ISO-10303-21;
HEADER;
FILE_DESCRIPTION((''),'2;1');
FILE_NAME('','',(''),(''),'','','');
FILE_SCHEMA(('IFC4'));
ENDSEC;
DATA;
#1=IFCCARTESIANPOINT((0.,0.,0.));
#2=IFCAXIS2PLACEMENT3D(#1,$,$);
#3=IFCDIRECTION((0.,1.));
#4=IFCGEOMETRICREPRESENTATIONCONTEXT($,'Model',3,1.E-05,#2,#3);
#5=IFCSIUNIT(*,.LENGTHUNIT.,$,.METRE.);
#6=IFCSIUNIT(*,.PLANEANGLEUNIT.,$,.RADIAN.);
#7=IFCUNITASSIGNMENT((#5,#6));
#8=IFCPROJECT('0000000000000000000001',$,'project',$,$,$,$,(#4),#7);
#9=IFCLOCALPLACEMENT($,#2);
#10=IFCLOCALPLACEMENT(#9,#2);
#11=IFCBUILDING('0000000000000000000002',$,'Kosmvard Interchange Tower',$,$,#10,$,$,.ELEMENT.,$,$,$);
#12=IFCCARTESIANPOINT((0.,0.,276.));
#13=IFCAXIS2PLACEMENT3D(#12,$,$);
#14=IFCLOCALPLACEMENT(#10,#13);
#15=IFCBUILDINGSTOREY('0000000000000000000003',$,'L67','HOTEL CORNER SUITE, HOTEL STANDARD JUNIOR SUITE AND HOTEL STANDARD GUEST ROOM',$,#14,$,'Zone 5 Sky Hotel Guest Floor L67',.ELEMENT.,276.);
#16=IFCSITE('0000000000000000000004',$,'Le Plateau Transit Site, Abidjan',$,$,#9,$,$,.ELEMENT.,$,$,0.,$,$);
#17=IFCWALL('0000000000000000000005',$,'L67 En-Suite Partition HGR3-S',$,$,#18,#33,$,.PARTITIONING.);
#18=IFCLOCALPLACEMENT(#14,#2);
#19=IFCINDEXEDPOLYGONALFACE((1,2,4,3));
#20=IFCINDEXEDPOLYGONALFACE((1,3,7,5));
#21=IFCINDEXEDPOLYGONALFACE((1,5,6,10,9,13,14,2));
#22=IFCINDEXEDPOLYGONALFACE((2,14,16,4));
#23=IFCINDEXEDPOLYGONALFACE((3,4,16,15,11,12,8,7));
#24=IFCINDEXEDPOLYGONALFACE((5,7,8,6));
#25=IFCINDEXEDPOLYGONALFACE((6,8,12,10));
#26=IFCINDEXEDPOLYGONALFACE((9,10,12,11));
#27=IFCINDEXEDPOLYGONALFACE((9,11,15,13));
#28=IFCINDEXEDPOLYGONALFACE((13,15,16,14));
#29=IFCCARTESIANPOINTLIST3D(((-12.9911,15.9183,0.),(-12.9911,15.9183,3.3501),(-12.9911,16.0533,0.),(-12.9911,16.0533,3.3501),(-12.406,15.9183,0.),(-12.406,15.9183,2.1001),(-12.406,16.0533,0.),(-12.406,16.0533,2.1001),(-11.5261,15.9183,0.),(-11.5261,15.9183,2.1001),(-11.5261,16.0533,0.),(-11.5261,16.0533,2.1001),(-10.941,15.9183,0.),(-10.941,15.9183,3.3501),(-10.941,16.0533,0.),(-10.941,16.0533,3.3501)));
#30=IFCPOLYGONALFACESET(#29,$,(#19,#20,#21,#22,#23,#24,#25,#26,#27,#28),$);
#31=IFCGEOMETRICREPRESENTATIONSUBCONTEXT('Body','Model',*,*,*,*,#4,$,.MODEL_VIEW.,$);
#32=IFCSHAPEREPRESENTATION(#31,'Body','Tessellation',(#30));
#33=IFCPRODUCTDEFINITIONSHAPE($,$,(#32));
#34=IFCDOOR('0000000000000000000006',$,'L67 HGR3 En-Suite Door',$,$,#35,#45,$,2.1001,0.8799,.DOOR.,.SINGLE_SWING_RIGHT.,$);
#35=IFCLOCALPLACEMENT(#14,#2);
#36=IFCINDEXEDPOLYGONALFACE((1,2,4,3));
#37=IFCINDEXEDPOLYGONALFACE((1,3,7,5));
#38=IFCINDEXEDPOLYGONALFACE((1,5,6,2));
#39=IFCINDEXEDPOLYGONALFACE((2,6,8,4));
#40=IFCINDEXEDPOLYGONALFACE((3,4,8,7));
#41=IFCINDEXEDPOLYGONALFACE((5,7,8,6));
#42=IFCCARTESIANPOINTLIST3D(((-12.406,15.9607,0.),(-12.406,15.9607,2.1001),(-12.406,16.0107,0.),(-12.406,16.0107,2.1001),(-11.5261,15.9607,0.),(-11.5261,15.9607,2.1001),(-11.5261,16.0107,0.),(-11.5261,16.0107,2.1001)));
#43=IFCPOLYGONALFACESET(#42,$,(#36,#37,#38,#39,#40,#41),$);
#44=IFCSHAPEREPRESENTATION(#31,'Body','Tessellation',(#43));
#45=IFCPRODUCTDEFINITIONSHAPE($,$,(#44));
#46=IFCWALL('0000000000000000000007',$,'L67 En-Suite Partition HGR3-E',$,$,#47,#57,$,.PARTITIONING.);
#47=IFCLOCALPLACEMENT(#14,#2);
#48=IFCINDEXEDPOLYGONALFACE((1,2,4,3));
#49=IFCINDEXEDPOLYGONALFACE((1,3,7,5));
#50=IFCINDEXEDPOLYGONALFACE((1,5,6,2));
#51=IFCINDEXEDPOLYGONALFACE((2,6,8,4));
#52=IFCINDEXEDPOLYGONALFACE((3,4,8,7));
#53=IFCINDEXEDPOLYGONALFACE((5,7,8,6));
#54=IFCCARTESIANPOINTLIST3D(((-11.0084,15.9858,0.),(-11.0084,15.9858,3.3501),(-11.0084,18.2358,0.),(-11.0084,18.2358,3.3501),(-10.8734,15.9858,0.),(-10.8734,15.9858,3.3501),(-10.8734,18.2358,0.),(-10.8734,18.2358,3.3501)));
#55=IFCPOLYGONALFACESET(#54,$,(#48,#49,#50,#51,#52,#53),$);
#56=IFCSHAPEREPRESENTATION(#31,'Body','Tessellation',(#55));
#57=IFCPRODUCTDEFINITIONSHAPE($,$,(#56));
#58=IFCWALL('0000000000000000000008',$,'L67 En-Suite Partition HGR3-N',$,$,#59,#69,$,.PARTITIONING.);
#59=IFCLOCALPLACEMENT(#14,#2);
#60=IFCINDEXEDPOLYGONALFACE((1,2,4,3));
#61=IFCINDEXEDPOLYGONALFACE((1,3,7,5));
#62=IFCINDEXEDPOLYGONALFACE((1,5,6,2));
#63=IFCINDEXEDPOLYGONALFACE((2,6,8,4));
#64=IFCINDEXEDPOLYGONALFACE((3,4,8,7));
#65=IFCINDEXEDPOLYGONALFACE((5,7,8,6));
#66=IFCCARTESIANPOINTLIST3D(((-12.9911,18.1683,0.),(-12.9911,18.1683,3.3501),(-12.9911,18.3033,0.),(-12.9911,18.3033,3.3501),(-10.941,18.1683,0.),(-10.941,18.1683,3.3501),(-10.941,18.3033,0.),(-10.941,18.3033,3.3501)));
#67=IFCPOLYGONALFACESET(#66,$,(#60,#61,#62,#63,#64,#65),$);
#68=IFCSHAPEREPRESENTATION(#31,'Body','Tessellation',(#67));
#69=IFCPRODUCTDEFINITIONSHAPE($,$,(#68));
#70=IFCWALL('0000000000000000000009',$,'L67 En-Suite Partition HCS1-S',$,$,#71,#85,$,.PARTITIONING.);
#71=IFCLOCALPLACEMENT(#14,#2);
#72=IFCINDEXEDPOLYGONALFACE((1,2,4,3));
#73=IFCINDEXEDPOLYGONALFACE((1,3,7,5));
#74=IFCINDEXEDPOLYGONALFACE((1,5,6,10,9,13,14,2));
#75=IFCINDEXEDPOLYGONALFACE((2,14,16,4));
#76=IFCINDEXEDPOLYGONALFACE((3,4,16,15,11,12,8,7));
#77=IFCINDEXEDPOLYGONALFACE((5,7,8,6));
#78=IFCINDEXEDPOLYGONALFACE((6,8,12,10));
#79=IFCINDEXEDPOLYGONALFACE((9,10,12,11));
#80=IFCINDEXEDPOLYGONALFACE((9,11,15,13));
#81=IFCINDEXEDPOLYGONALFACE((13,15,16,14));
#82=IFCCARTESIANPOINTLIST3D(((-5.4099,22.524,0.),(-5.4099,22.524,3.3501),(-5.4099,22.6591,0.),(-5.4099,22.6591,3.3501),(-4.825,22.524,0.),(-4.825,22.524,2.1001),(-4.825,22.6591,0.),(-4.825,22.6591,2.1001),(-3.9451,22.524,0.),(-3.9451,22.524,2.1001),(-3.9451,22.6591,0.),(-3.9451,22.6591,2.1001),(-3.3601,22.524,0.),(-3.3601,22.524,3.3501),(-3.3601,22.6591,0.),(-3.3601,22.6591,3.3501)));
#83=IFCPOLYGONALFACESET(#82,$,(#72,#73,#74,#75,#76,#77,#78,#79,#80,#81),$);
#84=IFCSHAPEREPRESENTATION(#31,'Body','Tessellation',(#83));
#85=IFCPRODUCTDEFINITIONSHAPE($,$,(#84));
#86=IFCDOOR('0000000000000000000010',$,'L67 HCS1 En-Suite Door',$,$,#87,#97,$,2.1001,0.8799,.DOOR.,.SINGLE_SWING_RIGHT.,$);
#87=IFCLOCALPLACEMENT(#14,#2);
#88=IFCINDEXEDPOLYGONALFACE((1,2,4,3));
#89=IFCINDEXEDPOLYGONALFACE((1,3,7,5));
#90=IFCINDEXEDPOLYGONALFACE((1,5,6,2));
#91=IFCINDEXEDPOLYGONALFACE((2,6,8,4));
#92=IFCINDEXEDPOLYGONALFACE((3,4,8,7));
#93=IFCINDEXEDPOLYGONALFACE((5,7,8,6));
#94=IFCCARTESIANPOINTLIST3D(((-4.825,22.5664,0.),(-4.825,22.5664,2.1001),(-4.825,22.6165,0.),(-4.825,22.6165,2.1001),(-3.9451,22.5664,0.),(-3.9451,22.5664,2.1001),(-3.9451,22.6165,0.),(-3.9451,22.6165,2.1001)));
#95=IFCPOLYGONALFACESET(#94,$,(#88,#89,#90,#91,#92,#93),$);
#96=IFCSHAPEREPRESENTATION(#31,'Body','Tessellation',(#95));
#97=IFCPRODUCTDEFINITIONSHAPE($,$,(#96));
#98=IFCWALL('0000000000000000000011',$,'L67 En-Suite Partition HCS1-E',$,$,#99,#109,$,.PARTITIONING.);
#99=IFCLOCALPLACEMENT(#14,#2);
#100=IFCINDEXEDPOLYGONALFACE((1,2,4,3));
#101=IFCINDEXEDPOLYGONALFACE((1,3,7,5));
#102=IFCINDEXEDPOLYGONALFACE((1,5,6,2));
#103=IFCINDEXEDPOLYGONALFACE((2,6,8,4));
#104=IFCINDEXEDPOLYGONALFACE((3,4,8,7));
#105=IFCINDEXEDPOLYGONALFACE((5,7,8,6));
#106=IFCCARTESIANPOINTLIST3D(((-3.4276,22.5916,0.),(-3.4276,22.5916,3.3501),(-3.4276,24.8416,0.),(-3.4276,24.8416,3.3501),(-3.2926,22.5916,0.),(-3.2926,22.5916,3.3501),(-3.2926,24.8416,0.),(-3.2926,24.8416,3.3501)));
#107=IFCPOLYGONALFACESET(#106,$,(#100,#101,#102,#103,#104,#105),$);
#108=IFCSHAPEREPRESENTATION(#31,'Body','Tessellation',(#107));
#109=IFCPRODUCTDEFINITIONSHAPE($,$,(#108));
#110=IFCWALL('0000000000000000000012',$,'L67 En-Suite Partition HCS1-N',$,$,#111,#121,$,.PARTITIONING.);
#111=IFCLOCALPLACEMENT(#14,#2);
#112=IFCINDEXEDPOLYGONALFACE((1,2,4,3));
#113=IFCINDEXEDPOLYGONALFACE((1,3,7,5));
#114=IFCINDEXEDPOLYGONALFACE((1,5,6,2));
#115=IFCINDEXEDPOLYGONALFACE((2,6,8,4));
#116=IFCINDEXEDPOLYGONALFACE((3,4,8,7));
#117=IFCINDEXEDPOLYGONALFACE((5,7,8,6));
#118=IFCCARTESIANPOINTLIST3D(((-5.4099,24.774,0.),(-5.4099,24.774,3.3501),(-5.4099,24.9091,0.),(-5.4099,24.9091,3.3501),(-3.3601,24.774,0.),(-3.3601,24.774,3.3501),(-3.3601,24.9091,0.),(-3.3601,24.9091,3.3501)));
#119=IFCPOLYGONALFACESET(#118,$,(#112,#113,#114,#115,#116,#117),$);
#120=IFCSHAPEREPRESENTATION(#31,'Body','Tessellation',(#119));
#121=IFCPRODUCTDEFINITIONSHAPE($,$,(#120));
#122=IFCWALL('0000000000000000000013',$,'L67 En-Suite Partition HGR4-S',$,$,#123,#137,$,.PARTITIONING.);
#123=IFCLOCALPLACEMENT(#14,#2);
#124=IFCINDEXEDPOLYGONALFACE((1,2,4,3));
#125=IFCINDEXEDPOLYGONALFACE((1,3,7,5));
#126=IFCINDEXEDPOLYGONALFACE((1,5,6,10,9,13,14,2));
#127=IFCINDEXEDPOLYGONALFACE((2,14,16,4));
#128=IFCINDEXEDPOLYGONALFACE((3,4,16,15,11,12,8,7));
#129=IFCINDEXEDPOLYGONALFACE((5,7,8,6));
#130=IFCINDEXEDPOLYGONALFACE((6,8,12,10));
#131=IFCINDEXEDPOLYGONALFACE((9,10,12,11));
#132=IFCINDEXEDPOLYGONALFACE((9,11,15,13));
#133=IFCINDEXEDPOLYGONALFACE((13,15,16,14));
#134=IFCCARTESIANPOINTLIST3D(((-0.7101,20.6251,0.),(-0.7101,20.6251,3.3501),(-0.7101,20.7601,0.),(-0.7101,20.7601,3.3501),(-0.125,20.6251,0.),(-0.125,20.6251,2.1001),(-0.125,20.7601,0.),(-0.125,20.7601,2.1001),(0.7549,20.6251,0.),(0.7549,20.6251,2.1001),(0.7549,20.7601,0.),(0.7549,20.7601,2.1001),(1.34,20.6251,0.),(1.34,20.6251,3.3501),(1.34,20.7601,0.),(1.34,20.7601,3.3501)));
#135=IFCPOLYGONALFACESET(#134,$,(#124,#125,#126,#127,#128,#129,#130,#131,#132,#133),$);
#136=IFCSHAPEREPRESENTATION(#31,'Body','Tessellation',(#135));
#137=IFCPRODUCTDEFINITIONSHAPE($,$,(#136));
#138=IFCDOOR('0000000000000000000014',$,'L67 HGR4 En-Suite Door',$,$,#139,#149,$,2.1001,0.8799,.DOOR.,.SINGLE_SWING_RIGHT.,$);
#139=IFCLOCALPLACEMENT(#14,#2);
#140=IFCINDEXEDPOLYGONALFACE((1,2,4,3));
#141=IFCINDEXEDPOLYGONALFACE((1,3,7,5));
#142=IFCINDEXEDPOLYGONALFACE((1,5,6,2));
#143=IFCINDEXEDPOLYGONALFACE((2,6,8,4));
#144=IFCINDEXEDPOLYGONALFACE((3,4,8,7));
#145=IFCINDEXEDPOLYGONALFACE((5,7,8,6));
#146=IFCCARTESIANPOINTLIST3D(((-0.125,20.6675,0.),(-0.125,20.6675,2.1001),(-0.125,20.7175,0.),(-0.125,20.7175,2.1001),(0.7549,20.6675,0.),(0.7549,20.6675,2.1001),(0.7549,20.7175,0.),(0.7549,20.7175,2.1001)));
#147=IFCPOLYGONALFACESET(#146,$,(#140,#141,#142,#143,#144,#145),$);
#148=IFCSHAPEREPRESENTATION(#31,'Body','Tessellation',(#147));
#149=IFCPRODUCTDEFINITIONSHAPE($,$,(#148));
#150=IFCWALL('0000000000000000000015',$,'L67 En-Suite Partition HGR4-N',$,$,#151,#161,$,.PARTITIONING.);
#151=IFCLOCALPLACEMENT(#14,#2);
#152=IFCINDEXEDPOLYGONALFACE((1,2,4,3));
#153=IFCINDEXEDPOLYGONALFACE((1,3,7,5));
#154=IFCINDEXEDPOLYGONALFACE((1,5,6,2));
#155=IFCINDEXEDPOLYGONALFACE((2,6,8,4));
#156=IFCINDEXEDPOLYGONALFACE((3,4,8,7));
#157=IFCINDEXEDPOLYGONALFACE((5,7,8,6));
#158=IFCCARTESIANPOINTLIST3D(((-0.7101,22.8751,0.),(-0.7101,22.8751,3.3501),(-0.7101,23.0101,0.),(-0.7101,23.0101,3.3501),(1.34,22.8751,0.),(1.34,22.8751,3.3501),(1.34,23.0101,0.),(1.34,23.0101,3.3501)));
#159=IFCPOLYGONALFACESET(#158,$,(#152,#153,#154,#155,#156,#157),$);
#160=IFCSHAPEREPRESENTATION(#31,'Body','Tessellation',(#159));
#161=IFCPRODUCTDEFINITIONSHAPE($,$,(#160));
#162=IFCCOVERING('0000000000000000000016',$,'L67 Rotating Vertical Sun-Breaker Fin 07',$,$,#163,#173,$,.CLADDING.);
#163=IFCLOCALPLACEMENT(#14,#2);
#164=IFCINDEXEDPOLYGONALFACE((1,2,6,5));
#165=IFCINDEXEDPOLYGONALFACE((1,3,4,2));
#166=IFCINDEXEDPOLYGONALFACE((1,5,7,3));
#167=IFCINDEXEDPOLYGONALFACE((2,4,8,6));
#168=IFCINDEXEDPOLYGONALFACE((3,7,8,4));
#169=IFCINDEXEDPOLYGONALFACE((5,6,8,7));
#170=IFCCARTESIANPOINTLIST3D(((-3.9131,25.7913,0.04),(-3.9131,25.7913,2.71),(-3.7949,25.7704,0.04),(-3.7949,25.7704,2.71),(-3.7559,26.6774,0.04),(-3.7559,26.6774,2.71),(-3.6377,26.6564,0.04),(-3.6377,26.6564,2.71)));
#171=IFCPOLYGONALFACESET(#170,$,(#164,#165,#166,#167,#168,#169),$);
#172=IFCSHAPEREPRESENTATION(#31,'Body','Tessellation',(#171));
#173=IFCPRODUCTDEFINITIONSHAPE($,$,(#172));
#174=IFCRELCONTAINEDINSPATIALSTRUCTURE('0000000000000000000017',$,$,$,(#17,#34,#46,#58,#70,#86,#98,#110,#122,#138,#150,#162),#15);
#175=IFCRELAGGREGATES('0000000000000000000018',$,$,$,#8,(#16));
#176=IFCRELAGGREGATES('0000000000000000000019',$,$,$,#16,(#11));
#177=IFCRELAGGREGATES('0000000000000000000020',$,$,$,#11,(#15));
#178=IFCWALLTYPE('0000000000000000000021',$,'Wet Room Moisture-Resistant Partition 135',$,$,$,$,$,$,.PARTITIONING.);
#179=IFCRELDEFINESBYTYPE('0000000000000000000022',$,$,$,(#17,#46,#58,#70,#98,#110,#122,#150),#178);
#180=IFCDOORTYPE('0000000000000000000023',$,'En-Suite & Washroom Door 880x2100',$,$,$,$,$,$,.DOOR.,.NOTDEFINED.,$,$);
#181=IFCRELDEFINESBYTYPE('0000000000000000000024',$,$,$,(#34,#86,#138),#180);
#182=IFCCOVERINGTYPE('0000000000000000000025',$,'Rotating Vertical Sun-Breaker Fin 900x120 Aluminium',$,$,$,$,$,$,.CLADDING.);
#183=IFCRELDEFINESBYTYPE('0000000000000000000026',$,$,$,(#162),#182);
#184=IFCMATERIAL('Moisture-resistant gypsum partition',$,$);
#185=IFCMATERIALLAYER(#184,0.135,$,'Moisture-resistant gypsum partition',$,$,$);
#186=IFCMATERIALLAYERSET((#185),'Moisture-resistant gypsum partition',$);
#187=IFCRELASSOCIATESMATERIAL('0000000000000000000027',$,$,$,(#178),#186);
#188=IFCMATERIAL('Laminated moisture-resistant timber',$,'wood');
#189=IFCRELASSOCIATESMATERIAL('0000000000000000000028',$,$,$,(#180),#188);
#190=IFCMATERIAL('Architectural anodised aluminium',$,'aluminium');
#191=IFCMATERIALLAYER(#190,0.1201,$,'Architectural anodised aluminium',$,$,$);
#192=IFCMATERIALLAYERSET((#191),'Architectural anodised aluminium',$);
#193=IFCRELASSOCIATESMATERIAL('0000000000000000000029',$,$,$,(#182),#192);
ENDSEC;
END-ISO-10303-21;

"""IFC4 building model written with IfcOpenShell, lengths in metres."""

from ifc_helpers import new_model, si_unit, direction, frame, frame_2d, origin, origin_2d, place, context, subcontext, project, spatial, rectangle, extrude, source, transform, mapped, material, layer, layer_set, type_object, element, fill, save


model = new_model("IFC4")

# Units and contexts
model_context = context("Model", 3, precision=1e-05, world=origin(), true_north=direction((0.0, 1.0)))
body_context = subcontext(model_context, "Body", "Model", "MODEL_VIEW")
ifc_project = project(units=[si_unit("LENGTHUNIT", "METRE"), si_unit("PLANEANGLEUNIT", "RADIAN")], contexts=[model_context])

# Site, building, storey
site_placement = place(None, origin())
site = spatial("IfcSite", under=ifc_project, at=site_placement, Name="Le Plateau Transit Site, Abidjan", CompositionType="ELEMENT", RefElevation=0.0)
building_placement = place(site_placement, origin())
building = spatial("IfcBuilding", under=site, at=building_placement, Name="Kosmvard Interchange Tower", CompositionType="ELEMENT")
storey_placement = place(building_placement, frame((0.0, 0.0, 276.0)))
storey = spatial("IfcBuildingStorey", under=building, at=storey_placement, Name="L67", Description="HOTEL CORNER SUITE, HOTEL STANDARD JUNIOR SUITE AND HOTEL STANDARD GUEST ROOM", LongName="Zone 5 Sky Hotel Guest Floor L67", CompositionType="ELEMENT", Elevation=276.0)

# Wall, opening, door
ifc_material_1 = material(Name="Moisture-resistant gypsum partition")
ifc_layer_1 = layer(ifc_material_1, 0.135, Name="Moisture-resistant gypsum partition")
ifc_layer_set_1 = layer_set([ifc_layer_1], Name="Moisture-resistant gypsum partition")
wall_type_1 = type_object("IfcWallType", Name="Wet Room Moisture-Resistant Partition 135", PredefinedType="PARTITIONING", material=ifc_layer_set_1)
wall_1_placement = place(storey_placement, frame((-12.991, 15.9858, 0.0), z_axis=(0.0, 0.0, 1.0), x_axis=(1.0, 0.0, 0.0)))
wall_1 = element("IfcWall", 1, at=wall_1_placement, inside=storey, type_object=wall_type_1, Name="L67 En-Suite Partition HGR3-S", PredefinedType="PARTITIONING", context=body_context, shape_type="SweptSolid", body=[
    extrude(rectangle(XDim=2.05, YDim=0.135, at=frame_2d((1.0249, 0.0))), origin(), (0.0, 0.0, 1.0), 3.3501),
])
opening_1_placement = place(wall_1_placement, frame((0.585, 0.0, 0.0)))
opening_1 = element("IfcOpeningElement", 2, at=opening_1_placement, cuts=wall_1, PredefinedType="OPENING", context=body_context, shape_type="SweptSolid", body=[
    extrude(rectangle(XDim=0.8799, YDim=2.1001, at=frame_2d((0.4399, 1.05))), frame((0.0, 0.0776, 0.0), z_axis=(0.0, -1.0, 0.0), x_axis=(1.0, 0.0, 0.0)), (0.0, 0.0, 1.0), 0.155),
])
ifc_material_2 = material(Name="Laminated moisture-resistant timber", Category="wood")
door_type = type_object("IfcDoorType", Name="En-Suite & Washroom Door 880x2100", OperationType="NOTDEFINED", PredefinedType="DOOR", material=ifc_material_2)
shared_shape_1 = source(origin(), body_context, "Body", "SweptSolid", [
    extrude(rectangle(XDim=0.8799, YDim=2.1001, at=frame_2d((0.4399, 1.05))), frame((0.0, 0.0249, 0.0), z_axis=(0.0, -1.0, 0.0), x_axis=(1.0, 0.0, 0.0)), (0.0, 0.0, 1.0), 0.05),
])
door_1_placement = place(opening_1_placement, origin())
door_1 = element("IfcDoor", 3, at=door_1_placement, inside=storey, type_object=door_type, Name="L67 HGR3 En-Suite Door", OperationType="SINGLE_SWING_RIGHT", OverallHeight=2.1001, OverallWidth=0.8799, PredefinedType="DOOR", context=body_context, shape_type="MappedRepresentation", body=[
    mapped(shared_shape_1, transform((0.0, 0.0, 0.0), scale=1.0)),
])
fill(opening_1, door_1)

# Walls
wall_2_placement = place(storey_placement, frame((-10.9409, 15.9858, 0.0), z_axis=(0.0, 0.0, 1.0), x_axis=(0.0, 1.0, 0.0)))
element("IfcWall", 4, at=wall_2_placement, inside=storey, type_object=wall_type_1, Name="L67 En-Suite Partition HGR3-E", PredefinedType="PARTITIONING", context=body_context, shape_type="SweptSolid", body=[
    extrude(rectangle(XDim=2.25, YDim=0.135, at=frame_2d((1.125, 0.0))), origin(), (0.0, 0.0, 1.0), 3.3501),
])
wall_3_placement = place(storey_placement, frame((-12.991, 18.2358, 0.0), z_axis=(0.0, 0.0, 1.0), x_axis=(1.0, 0.0, 0.0)))
element("IfcWall", 5, at=wall_3_placement, inside=storey, type_object=wall_type_1, Name="L67 En-Suite Partition HGR3-N", PredefinedType="PARTITIONING", context=body_context, shape_type="SweptSolid", body=[
    extrude(rectangle(XDim=2.05, YDim=0.135, at=frame_2d((1.0249, 0.0))), origin(), (0.0, 0.0, 1.0), 3.3501),
])

# Wall, opening, door
wall_4_placement = place(storey_placement, frame((-5.4099, 22.5916, 0.0), z_axis=(0.0, 0.0, 1.0), x_axis=(1.0, 0.0, 0.0)))
wall_4 = element("IfcWall", 6, at=wall_4_placement, inside=storey, type_object=wall_type_1, Name="L67 En-Suite Partition HCS1-S", PredefinedType="PARTITIONING", context=body_context, shape_type="SweptSolid", body=[
    extrude(rectangle(XDim=2.0498, YDim=0.135, at=frame_2d((1.0249, 0.0))), origin(), (0.0, 0.0, 1.0), 3.3501),
])
opening_2_placement = place(wall_4_placement, frame((0.585, 0.0, 0.0)))
opening_2 = element("IfcOpeningElement", 7, at=opening_2_placement, cuts=wall_4, PredefinedType="OPENING", context=body_context, shape_type="SweptSolid", body=[
    extrude(rectangle(XDim=0.8799, YDim=2.1001, at=frame_2d((0.4399, 1.05))), frame((0.0, 0.0776, 0.0), z_axis=(0.0, -1.0, 0.0), x_axis=(1.0, 0.0, 0.0)), (0.0, 0.0, 1.0), 0.155),
])
door_2_placement = place(opening_2_placement, origin())
door_2 = element("IfcDoor", 8, at=door_2_placement, inside=storey, type_object=door_type, Name="L67 HCS1 En-Suite Door", OperationType="SINGLE_SWING_RIGHT", OverallHeight=2.1001, OverallWidth=0.8799, PredefinedType="DOOR", context=body_context, shape_type="MappedRepresentation", body=[
    mapped(shared_shape_1, transform((0.0, 0.0, 0.0), scale=1.0)),
])
fill(opening_2, door_2)

# Walls
wall_5_placement = place(storey_placement, frame((-3.3601, 22.5916, 0.0), z_axis=(0.0, 0.0, 1.0), x_axis=(0.0, 1.0, 0.0)))
element("IfcWall", 9, at=wall_5_placement, inside=storey, type_object=wall_type_1, Name="L67 En-Suite Partition HCS1-E", PredefinedType="PARTITIONING", context=body_context, shape_type="SweptSolid", body=[
    extrude(rectangle(XDim=2.25, YDim=0.135, at=frame_2d((1.125, 0.0))), origin(), (0.0, 0.0, 1.0), 3.3501),
])
wall_6_placement = place(storey_placement, frame((-5.4099, 24.8416, 0.0), z_axis=(0.0, 0.0, 1.0), x_axis=(1.0, 0.0, 0.0)))
element("IfcWall", 10, at=wall_6_placement, inside=storey, type_object=wall_type_1, Name="L67 En-Suite Partition HCS1-N", PredefinedType="PARTITIONING", context=body_context, shape_type="SweptSolid", body=[
    extrude(rectangle(XDim=2.0498, YDim=0.135, at=frame_2d((1.0249, 0.0))), origin(), (0.0, 0.0, 1.0), 3.3501),
])

# Wall, opening, door
wall_7_placement = place(storey_placement, frame((-0.71, 20.6926, 0.0), z_axis=(0.0, 0.0, 1.0), x_axis=(1.0, 0.0, 0.0)))
wall_7 = element("IfcWall", 11, at=wall_7_placement, inside=storey, type_object=wall_type_1, Name="L67 En-Suite Partition HGR4-S", PredefinedType="PARTITIONING", context=body_context, shape_type="SweptSolid", body=[
    extrude(rectangle(XDim=2.05, YDim=0.135, at=frame_2d((1.0249, 0.0))), origin(), (0.0, 0.0, 1.0), 3.3501),
])
opening_3_placement = place(wall_7_placement, frame((0.585, 0.0, 0.0)))
opening_3 = element("IfcOpeningElement", 12, at=opening_3_placement, cuts=wall_7, PredefinedType="OPENING", context=body_context, shape_type="SweptSolid", body=[
    extrude(rectangle(XDim=0.8799, YDim=2.1001, at=frame_2d((0.4399, 1.05))), frame((0.0, 0.0776, 0.0), z_axis=(0.0, -1.0, 0.0), x_axis=(1.0, 0.0, 0.0)), (0.0, 0.0, 1.0), 0.155),
])
door_3_placement = place(opening_3_placement, origin())
door_3 = element("IfcDoor", 13, at=door_3_placement, inside=storey, type_object=door_type, Name="L67 HGR4 En-Suite Door", OperationType="SINGLE_SWING_RIGHT", OverallHeight=2.1001, OverallWidth=0.8799, PredefinedType="DOOR", context=body_context, shape_type="MappedRepresentation", body=[
    mapped(shared_shape_1, transform((0.0, 0.0, 0.0), scale=1.0)),
])
fill(opening_3, door_3)

# Wall
wall_8_placement = place(storey_placement, frame((-0.71, 22.9426, 0.0), z_axis=(0.0, 0.0, 1.0), x_axis=(1.0, 0.0, 0.0)))
element("IfcWall", 14, at=wall_8_placement, inside=storey, type_object=wall_type_1, Name="L67 En-Suite Partition HGR4-N", PredefinedType="PARTITIONING", context=body_context, shape_type="SweptSolid", body=[
    extrude(rectangle(XDim=2.05, YDim=0.135, at=frame_2d((1.0249, 0.0))), origin(), (0.0, 0.0, 1.0), 3.3501),
])

# Covering
ifc_material_3 = material(Name="Architectural anodised aluminium", Category="aluminium")
ifc_layer_2 = layer(ifc_material_3, 0.1201, Name="Architectural anodised aluminium")
ifc_layer_set_2 = layer_set([ifc_layer_2], Name="Architectural anodised aluminium")
covering_type = type_object("IfcCoveringType", Name="Rotating Vertical Sun-Breaker Fin 900x120 Aluminium", PredefinedType="CLADDING", material=ifc_layer_set_2)
shared_shape_2 = source(origin(), body_context, "Body", "SweptSolid", [
    extrude(rectangle(XDim=0.8999, YDim=0.1201, at=origin_2d()), origin(), (0.0, 0.0, 1.0), 2.6699),
])
covering_placement = place(storey_placement, frame((-3.7754, 26.2239, 0.04), z_axis=(0.0, 0.0, 1.0), x_axis=(0.174679, 0.984625, 0.0)))
element("IfcCovering", 15, at=covering_placement, inside=storey, type_object=covering_type, Name="L67 Rotating Vertical Sun-Breaker Fin 07", PredefinedType="CLADDING", context=body_context, shape_type="MappedRepresentation", body=[
    mapped(shared_shape_2, transform((0.0, 0.0, 0.0), scale=1.0)),
])

save(model, "model.ifc")
